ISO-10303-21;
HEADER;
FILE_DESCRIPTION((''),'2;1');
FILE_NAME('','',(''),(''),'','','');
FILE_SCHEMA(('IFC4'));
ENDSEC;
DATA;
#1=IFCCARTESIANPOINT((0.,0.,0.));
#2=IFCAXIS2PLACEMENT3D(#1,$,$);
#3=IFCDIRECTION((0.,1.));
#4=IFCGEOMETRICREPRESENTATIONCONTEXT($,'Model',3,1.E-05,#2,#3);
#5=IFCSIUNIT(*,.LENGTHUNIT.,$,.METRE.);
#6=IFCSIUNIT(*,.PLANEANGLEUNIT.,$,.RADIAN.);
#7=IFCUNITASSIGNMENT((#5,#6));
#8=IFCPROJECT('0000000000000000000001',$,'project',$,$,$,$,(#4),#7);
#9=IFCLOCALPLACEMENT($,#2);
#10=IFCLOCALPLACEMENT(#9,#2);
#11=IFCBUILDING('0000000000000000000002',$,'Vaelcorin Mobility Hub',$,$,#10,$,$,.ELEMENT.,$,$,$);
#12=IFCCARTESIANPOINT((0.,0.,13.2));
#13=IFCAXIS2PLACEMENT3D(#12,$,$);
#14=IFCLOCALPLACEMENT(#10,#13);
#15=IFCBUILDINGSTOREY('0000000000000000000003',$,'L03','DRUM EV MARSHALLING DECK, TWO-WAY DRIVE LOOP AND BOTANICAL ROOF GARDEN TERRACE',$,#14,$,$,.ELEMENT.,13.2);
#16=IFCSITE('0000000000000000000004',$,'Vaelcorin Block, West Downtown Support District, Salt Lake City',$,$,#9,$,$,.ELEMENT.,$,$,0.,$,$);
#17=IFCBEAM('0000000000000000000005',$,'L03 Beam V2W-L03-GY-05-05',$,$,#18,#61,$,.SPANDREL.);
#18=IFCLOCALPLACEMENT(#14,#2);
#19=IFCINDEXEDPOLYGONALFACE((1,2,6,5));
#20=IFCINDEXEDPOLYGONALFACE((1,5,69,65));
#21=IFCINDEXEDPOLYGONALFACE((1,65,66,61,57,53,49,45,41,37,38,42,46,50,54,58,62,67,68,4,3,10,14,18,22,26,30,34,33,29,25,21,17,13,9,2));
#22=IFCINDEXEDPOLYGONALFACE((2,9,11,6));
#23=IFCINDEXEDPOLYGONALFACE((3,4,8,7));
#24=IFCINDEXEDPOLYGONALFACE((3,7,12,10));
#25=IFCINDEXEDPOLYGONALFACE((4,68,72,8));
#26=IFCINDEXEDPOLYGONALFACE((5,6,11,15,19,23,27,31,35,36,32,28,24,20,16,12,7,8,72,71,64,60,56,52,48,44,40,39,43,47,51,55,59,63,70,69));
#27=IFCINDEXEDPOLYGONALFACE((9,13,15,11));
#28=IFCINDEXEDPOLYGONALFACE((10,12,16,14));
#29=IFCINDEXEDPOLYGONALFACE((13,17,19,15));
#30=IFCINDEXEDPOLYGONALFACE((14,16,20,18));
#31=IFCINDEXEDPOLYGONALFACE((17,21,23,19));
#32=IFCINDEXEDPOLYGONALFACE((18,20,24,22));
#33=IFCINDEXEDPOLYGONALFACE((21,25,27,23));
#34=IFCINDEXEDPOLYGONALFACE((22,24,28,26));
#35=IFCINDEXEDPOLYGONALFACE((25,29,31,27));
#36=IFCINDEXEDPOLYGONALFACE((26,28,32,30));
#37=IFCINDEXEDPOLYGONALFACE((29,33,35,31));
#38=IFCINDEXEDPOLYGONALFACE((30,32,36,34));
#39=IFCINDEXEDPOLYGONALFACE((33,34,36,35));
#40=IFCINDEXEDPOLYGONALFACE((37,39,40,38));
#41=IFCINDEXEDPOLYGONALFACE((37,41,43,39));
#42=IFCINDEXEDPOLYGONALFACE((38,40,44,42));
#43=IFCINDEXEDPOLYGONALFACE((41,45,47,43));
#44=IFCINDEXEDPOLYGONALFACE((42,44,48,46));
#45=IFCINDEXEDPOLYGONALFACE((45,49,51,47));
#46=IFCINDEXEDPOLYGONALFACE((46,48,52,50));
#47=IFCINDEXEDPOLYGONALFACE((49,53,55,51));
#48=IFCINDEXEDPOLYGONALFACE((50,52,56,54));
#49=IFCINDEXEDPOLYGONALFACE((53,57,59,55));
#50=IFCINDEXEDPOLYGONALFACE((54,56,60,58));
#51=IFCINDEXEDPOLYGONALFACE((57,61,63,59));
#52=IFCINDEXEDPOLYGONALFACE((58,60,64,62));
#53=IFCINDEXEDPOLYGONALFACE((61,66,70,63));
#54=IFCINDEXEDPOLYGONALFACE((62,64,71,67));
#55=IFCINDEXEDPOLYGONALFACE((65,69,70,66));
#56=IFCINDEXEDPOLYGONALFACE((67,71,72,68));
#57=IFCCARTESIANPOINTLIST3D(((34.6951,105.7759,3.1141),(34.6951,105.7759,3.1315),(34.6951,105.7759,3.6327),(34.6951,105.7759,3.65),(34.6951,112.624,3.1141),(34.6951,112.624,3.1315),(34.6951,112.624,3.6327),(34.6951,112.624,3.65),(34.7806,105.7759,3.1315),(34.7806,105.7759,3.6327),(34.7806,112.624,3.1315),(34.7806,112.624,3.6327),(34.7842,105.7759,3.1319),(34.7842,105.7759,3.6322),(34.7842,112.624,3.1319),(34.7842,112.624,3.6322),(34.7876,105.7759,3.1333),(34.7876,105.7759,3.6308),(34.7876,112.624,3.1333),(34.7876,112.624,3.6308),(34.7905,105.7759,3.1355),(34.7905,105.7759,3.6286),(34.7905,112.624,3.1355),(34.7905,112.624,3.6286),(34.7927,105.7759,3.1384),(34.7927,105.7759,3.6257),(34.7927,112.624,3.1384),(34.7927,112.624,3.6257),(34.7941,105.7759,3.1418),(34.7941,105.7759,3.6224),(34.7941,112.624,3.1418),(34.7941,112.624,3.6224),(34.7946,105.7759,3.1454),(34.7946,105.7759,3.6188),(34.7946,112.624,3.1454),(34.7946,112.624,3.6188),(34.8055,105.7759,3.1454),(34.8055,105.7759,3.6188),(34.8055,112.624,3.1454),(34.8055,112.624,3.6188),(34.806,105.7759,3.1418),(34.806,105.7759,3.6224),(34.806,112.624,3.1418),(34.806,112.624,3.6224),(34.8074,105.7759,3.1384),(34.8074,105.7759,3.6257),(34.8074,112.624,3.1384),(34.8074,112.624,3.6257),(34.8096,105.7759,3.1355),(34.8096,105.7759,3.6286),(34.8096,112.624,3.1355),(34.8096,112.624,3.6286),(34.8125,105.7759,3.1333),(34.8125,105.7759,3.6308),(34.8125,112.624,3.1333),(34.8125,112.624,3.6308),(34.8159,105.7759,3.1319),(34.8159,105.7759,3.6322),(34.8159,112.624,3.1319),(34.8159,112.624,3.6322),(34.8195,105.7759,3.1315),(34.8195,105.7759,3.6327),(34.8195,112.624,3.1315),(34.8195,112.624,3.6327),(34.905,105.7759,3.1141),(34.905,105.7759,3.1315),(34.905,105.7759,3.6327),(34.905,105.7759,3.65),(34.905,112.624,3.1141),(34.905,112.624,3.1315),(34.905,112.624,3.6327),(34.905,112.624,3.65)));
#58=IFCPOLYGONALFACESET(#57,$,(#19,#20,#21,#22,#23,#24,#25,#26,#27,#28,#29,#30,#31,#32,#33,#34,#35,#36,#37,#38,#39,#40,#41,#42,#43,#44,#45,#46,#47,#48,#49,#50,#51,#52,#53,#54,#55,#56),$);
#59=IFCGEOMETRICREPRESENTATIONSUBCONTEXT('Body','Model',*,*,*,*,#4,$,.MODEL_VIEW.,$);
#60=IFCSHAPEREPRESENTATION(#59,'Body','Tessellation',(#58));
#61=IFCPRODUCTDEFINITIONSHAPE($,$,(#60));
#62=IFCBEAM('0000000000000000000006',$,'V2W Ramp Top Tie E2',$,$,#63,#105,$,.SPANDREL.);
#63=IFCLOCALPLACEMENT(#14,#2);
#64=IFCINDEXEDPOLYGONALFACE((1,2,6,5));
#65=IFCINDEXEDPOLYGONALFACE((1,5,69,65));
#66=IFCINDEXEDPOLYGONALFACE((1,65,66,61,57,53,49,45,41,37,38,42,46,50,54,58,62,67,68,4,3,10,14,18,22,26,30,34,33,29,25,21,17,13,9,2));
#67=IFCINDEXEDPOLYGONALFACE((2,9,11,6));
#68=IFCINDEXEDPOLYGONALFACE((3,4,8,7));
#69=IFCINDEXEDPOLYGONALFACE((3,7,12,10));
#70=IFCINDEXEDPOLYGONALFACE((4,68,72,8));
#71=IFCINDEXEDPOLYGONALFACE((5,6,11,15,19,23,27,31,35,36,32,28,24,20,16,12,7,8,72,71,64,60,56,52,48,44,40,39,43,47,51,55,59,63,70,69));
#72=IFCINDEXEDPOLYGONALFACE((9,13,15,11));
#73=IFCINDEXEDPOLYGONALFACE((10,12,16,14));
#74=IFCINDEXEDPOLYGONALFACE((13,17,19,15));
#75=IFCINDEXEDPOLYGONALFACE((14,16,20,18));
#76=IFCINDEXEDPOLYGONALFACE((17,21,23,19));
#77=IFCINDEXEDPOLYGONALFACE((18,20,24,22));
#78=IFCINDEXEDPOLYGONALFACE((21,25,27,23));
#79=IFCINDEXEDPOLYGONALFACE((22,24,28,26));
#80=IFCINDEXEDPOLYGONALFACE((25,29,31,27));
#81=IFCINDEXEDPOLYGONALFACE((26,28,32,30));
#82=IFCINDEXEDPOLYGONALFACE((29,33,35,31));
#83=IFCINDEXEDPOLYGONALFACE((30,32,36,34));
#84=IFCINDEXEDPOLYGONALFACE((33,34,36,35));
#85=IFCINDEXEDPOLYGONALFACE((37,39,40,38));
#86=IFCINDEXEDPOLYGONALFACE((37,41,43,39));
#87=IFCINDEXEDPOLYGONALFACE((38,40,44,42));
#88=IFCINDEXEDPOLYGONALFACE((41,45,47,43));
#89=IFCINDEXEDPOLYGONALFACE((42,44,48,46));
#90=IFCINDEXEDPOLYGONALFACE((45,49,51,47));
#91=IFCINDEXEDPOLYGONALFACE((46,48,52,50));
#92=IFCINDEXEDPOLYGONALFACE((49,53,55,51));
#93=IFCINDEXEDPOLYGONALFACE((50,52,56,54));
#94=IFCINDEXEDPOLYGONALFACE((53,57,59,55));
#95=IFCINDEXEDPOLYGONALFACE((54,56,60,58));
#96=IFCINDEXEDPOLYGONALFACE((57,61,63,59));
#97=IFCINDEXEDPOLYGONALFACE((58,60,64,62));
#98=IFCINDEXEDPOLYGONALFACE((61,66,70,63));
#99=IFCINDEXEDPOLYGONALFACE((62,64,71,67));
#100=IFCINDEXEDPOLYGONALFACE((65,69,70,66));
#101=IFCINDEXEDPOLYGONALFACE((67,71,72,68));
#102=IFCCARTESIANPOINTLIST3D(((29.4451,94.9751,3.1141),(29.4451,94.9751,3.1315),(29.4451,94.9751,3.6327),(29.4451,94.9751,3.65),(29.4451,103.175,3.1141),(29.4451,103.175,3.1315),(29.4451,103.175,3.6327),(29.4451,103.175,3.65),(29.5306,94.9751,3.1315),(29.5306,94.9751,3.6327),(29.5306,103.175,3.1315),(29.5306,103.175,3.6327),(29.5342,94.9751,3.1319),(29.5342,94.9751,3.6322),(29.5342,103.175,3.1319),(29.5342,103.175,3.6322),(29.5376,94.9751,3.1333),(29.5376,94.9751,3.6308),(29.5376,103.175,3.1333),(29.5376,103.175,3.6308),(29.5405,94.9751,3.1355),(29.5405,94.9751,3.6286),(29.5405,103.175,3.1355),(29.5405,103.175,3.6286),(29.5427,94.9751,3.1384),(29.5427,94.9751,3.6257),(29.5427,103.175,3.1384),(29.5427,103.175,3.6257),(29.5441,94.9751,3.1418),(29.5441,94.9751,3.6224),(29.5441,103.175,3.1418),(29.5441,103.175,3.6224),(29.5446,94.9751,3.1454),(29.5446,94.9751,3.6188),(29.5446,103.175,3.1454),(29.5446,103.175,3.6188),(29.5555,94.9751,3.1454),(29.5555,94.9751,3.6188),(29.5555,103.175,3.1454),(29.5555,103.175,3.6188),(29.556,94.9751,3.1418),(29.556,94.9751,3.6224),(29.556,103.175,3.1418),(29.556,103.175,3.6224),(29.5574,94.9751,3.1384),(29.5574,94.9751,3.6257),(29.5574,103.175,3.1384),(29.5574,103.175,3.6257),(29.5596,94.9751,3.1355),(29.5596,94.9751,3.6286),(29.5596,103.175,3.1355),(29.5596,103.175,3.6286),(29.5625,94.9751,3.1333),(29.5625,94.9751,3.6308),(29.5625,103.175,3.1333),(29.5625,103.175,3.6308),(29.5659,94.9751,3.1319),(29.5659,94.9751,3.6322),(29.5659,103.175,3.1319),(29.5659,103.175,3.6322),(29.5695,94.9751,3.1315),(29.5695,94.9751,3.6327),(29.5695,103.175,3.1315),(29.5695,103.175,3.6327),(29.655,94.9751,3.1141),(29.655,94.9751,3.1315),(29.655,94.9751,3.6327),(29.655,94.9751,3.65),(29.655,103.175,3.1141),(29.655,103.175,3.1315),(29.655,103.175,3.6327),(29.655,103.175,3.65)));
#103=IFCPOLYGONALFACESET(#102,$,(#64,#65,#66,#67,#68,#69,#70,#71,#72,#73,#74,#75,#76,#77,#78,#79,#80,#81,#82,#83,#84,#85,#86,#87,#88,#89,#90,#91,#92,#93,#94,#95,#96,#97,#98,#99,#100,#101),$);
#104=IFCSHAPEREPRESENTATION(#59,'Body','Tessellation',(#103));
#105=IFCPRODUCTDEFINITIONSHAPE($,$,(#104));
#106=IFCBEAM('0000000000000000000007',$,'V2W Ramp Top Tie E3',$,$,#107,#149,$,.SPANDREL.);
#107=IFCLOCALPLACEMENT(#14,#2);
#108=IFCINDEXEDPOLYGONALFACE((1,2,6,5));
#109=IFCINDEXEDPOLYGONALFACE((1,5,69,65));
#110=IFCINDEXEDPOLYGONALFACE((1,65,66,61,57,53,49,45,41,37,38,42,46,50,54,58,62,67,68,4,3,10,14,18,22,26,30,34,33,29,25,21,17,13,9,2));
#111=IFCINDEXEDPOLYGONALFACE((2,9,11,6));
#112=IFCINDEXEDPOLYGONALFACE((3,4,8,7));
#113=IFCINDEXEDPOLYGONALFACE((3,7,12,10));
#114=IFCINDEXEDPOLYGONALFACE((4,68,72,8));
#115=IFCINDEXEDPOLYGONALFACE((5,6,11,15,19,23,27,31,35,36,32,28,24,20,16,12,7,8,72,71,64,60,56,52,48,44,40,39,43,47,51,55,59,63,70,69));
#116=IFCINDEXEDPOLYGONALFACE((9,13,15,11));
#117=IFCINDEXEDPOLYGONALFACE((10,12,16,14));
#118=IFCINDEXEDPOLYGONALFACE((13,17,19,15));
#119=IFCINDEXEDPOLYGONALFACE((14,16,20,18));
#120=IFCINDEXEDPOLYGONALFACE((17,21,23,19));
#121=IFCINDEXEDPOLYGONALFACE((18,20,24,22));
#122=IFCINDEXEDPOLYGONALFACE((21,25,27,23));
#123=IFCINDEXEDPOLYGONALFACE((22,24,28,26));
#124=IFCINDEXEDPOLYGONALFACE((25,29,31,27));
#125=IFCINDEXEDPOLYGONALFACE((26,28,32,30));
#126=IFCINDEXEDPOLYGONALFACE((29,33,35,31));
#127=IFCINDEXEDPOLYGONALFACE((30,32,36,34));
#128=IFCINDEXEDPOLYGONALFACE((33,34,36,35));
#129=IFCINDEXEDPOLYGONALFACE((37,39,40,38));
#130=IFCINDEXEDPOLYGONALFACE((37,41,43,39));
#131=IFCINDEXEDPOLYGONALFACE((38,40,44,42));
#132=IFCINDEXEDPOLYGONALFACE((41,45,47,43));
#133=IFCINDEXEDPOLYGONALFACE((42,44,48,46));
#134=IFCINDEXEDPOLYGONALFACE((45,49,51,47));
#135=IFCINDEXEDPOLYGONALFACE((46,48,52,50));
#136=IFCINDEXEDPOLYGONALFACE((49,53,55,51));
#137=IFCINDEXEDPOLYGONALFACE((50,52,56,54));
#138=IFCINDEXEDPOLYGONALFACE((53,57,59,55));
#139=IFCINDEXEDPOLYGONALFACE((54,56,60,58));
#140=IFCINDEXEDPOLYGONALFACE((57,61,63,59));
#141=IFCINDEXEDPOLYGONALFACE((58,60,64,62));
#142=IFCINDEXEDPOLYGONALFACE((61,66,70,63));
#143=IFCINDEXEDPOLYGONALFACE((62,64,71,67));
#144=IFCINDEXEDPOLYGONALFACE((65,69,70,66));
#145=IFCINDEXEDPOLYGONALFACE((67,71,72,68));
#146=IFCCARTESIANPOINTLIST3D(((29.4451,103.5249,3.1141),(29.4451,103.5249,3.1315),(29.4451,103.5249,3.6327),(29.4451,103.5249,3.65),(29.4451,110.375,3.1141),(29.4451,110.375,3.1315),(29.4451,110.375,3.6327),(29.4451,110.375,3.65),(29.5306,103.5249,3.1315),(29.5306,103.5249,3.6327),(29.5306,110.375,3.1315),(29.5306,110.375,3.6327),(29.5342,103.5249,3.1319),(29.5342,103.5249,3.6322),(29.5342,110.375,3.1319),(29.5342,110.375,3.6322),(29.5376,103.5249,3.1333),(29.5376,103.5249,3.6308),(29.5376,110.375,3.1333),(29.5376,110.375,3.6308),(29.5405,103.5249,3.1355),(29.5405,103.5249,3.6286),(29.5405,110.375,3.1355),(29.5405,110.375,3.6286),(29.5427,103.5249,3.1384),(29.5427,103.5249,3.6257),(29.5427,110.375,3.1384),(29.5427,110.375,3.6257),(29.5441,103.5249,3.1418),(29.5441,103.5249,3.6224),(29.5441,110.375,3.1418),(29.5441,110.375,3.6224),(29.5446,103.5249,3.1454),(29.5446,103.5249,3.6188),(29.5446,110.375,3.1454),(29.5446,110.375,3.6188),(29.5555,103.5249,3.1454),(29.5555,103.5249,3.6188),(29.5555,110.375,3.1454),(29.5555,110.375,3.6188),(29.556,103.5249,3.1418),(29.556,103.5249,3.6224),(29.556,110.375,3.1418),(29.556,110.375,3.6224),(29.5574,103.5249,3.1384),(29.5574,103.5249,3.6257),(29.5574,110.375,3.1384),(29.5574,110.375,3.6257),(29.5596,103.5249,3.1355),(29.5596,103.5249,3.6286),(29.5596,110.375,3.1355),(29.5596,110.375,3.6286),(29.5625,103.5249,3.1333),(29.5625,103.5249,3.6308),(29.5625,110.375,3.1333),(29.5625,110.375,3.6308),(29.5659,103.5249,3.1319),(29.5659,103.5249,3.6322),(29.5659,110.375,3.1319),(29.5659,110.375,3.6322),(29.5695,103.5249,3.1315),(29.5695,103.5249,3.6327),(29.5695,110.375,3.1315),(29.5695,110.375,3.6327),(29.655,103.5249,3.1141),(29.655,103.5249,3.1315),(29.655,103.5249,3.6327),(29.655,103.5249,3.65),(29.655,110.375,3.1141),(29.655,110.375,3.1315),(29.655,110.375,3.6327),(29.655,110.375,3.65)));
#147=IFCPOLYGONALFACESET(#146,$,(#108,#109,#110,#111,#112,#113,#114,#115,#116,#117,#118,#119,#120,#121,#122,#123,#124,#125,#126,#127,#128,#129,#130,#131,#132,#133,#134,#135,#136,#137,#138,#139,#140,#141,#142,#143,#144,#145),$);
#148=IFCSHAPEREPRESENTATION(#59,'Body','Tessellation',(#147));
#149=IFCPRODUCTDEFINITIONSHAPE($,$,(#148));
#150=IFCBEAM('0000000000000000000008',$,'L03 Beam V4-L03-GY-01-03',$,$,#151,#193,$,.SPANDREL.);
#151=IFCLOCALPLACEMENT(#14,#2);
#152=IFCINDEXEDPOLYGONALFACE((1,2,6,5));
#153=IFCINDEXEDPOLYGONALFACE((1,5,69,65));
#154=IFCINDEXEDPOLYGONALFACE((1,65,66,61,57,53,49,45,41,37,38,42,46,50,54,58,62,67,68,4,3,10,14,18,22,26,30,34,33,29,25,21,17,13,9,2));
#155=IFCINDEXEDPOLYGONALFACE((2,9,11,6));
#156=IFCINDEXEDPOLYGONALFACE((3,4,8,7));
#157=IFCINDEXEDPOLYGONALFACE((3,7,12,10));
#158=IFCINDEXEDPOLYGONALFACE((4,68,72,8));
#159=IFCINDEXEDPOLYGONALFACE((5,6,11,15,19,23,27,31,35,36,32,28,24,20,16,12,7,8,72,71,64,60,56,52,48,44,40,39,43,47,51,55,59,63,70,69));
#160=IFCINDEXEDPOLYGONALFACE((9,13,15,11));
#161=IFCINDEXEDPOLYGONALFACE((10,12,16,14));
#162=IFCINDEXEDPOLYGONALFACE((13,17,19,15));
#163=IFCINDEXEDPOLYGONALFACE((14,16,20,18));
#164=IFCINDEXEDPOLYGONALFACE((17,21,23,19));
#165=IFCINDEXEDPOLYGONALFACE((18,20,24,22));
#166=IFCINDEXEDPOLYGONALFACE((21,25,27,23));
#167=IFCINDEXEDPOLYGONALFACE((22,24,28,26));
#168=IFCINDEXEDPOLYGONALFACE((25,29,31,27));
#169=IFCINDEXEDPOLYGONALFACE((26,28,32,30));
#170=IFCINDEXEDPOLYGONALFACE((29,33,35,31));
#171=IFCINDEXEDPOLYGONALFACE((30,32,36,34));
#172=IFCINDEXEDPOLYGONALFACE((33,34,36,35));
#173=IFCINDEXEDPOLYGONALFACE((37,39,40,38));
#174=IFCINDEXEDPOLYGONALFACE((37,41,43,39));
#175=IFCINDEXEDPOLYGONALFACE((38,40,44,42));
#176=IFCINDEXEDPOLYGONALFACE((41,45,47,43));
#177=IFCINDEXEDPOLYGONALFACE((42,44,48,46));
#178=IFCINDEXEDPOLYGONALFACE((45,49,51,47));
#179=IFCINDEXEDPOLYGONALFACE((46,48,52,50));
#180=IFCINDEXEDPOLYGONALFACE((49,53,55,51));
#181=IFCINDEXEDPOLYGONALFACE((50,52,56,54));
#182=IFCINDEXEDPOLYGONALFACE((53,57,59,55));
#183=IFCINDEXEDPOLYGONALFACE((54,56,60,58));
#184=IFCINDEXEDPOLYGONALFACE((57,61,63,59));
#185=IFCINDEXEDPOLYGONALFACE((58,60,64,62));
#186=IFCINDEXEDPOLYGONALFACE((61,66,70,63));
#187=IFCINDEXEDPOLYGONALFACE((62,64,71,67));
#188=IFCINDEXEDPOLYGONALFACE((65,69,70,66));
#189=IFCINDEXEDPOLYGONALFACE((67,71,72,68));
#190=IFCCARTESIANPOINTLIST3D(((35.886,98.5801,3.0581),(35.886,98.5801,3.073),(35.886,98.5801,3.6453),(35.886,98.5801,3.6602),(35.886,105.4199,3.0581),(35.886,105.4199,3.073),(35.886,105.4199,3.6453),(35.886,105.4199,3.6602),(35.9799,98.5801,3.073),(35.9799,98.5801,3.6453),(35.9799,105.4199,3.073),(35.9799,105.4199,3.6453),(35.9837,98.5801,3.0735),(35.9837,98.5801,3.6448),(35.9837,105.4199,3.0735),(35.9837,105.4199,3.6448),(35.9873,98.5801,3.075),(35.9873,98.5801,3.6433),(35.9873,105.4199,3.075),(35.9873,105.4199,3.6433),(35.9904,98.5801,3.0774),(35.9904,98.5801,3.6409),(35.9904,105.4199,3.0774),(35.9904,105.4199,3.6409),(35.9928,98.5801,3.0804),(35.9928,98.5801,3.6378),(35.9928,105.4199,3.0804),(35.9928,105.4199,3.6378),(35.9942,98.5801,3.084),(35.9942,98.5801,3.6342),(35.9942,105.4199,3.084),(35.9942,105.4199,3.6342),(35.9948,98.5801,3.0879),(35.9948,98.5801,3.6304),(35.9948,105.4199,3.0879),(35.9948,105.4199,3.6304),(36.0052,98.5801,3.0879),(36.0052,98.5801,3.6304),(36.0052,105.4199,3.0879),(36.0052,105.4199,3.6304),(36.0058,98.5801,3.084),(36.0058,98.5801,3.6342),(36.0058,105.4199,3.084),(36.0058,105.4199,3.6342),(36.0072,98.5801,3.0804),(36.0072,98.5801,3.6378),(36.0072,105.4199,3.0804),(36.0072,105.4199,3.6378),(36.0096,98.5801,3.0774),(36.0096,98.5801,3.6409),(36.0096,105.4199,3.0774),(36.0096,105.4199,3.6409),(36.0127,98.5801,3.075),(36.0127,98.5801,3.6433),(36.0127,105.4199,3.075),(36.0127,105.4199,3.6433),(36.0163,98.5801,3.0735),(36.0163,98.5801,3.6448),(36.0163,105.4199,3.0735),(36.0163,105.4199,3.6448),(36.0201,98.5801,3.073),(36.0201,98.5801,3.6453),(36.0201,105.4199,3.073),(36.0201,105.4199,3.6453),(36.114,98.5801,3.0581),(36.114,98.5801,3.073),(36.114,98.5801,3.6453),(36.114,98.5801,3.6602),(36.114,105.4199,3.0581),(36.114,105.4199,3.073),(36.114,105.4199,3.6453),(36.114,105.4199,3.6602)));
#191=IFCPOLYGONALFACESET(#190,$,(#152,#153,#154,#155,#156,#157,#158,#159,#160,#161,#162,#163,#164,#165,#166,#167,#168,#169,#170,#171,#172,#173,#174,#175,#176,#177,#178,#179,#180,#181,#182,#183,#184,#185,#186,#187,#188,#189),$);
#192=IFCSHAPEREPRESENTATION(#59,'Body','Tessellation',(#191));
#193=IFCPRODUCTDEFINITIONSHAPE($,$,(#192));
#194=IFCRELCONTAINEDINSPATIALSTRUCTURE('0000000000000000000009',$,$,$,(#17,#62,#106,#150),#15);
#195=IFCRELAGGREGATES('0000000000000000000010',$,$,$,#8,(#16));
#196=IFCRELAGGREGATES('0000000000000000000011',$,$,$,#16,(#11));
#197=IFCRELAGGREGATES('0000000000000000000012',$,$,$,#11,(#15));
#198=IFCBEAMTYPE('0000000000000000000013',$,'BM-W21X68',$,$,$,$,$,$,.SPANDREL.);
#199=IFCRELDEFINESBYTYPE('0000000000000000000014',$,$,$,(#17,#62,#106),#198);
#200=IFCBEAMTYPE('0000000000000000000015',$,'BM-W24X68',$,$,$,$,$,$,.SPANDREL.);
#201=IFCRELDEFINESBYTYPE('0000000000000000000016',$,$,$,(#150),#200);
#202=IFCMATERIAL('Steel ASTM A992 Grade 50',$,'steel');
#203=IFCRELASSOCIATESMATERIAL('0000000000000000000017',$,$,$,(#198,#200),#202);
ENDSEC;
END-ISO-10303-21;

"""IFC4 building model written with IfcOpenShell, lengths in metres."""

from ifc_helpers import new_model, si_unit, direction, frame, origin, origin_2d, place, context, subcontext, project, spatial, i_section, extrude, material, material_profile, profile_set, type_object, element, save


model = new_model("IFC4")

# Units and contexts
model_context = context("Model", 3, precision=1e-05, world=origin(), true_north=direction((0.0, 1.0)))
body_context = subcontext(model_context, "Body", "Model", "MODEL_VIEW")
ifc_project = project(units=[si_unit("LENGTHUNIT", "METRE"), si_unit("PLANEANGLEUNIT", "RADIAN")], contexts=[model_context])

# Site, building, storey
site_placement = place(None, origin())
site = spatial("IfcSite", under=ifc_project, at=site_placement, Name="Vaelcorin Block, West Downtown Support District, Salt Lake City", CompositionType="ELEMENT", RefElevation=0.0)
building_placement = place(site_placement, origin())
building = spatial("IfcBuilding", under=site, at=building_placement, Name="Vaelcorin Mobility Hub", CompositionType="ELEMENT")
storey_placement = place(building_placement, frame((0.0, 0.0, 13.2)))
storey = spatial("IfcBuildingStorey", under=building, at=storey_placement, Name="L03", Description="DRUM EV MARSHALLING DECK, TWO-WAY DRIVE LOOP AND BOTANICAL ROOF GARDEN TERRACE", CompositionType="ELEMENT", Elevation=13.2)

# Shared definitions
ifc_material_1 = material(Name="Steel ASTM A992 Grade 50", Category="steel")

# Beams
ifc_material_profile_1 = material_profile(ifc_material_1, i_section(OverallWidth=0.21, OverallDepth=0.5359, WebThickness=0.011, FlangeThickness=0.0173, FilletRadius=0.0139, at=origin_2d()), Name="W21X68")
ifc_profile_set_1 = profile_set([ifc_material_profile_1], Name="Steel ASTM A992 Grade 50")
beam_type_1 = type_object("IfcBeamType", Name="BM-W21X68", PredefinedType="SPANDREL", material=ifc_profile_set_1)
for number, where, z_axis, x_axis, name in (
    (1, (34.8, 105.7759, 3.3821), (0.0, 1.0, 0.0), (-1.0, 0.0, 0.0), "L03 Beam V2W-L03-GY-05-05"),
):
    element("IfcBeam", number, at=place(storey_placement, frame(where, z_axis=z_axis, x_axis=x_axis)), inside=storey, type_object=beam_type_1, Name=name, PredefinedType="SPANDREL", context=body_context, shape_type="SweptSolid", body=[
        extrude(i_section(OverallWidth=0.21, OverallDepth=0.5359, WebThickness=0.011, FlangeThickness=0.0173, FilletRadius=0.0139, at=origin_2d()), origin(), (0.0, 0.0, 1.0), 6.8481),
    ])
beam_1_placement = place(storey_placement, frame((29.55, 94.9751, 3.3821), z_axis=(0.0, 1.0, 0.0), x_axis=(-1.0, 0.0, 0.0)))
element("IfcBeam", 2, at=beam_1_placement, inside=storey, type_object=beam_type_1, Name="V2W Ramp Top Tie E2", PredefinedType="SPANDREL", context=body_context, shape_type="SweptSolid", body=[
    extrude(i_section(OverallWidth=0.21, OverallDepth=0.5359, WebThickness=0.011, FlangeThickness=0.0173, FilletRadius=0.0139, at=origin_2d()), origin(), (0.0, 0.0, 1.0), 8.2),
])
beam_2_placement = place(storey_placement, frame((29.55, 103.5249, 3.3821), z_axis=(0.0, 1.0, 0.0), x_axis=(-1.0, 0.0, 0.0)))
element("IfcBeam", 3, at=beam_2_placement, inside=storey, type_object=beam_type_1, Name="V2W Ramp Top Tie E3", PredefinedType="SPANDREL", context=body_context, shape_type="SweptSolid", body=[
    extrude(i_section(OverallWidth=0.21, OverallDepth=0.5359, WebThickness=0.011, FlangeThickness=0.0173, FilletRadius=0.0139, at=origin_2d()), origin(), (0.0, 0.0, 1.0), 6.8501),
])
ifc_material_profile_2 = material_profile(ifc_material_1, i_section(OverallWidth=0.228, OverallDepth=0.6021, WebThickness=0.0105, FlangeThickness=0.0149, FilletRadius=0.0149, at=origin_2d()), Name="W24X68")
ifc_profile_set_2 = profile_set([ifc_material_profile_2], Name="Steel ASTM A992 Grade 50")
beam_type_2 = type_object("IfcBeamType", Name="BM-W24X68", PredefinedType="SPANDREL", material=ifc_profile_set_2)
beam_3_placement = place(storey_placement, frame((36.0, 98.5801, 3.3591), z_axis=(0.0, 1.0, 0.0), x_axis=(-1.0, 0.0, 0.0)))
element("IfcBeam", 4, at=beam_3_placement, inside=storey, type_object=beam_type_2, Name="L03 Beam V4-L03-GY-01-03", PredefinedType="SPANDREL", context=body_context, shape_type="SweptSolid", body=[
    extrude(i_section(OverallWidth=0.228, OverallDepth=0.6021, WebThickness=0.0105, FlangeThickness=0.0149, FilletRadius=0.0149, at=origin_2d()), origin(), (0.0, 0.0, 1.0), 6.8398),
])

save(model, "model.ifc")
